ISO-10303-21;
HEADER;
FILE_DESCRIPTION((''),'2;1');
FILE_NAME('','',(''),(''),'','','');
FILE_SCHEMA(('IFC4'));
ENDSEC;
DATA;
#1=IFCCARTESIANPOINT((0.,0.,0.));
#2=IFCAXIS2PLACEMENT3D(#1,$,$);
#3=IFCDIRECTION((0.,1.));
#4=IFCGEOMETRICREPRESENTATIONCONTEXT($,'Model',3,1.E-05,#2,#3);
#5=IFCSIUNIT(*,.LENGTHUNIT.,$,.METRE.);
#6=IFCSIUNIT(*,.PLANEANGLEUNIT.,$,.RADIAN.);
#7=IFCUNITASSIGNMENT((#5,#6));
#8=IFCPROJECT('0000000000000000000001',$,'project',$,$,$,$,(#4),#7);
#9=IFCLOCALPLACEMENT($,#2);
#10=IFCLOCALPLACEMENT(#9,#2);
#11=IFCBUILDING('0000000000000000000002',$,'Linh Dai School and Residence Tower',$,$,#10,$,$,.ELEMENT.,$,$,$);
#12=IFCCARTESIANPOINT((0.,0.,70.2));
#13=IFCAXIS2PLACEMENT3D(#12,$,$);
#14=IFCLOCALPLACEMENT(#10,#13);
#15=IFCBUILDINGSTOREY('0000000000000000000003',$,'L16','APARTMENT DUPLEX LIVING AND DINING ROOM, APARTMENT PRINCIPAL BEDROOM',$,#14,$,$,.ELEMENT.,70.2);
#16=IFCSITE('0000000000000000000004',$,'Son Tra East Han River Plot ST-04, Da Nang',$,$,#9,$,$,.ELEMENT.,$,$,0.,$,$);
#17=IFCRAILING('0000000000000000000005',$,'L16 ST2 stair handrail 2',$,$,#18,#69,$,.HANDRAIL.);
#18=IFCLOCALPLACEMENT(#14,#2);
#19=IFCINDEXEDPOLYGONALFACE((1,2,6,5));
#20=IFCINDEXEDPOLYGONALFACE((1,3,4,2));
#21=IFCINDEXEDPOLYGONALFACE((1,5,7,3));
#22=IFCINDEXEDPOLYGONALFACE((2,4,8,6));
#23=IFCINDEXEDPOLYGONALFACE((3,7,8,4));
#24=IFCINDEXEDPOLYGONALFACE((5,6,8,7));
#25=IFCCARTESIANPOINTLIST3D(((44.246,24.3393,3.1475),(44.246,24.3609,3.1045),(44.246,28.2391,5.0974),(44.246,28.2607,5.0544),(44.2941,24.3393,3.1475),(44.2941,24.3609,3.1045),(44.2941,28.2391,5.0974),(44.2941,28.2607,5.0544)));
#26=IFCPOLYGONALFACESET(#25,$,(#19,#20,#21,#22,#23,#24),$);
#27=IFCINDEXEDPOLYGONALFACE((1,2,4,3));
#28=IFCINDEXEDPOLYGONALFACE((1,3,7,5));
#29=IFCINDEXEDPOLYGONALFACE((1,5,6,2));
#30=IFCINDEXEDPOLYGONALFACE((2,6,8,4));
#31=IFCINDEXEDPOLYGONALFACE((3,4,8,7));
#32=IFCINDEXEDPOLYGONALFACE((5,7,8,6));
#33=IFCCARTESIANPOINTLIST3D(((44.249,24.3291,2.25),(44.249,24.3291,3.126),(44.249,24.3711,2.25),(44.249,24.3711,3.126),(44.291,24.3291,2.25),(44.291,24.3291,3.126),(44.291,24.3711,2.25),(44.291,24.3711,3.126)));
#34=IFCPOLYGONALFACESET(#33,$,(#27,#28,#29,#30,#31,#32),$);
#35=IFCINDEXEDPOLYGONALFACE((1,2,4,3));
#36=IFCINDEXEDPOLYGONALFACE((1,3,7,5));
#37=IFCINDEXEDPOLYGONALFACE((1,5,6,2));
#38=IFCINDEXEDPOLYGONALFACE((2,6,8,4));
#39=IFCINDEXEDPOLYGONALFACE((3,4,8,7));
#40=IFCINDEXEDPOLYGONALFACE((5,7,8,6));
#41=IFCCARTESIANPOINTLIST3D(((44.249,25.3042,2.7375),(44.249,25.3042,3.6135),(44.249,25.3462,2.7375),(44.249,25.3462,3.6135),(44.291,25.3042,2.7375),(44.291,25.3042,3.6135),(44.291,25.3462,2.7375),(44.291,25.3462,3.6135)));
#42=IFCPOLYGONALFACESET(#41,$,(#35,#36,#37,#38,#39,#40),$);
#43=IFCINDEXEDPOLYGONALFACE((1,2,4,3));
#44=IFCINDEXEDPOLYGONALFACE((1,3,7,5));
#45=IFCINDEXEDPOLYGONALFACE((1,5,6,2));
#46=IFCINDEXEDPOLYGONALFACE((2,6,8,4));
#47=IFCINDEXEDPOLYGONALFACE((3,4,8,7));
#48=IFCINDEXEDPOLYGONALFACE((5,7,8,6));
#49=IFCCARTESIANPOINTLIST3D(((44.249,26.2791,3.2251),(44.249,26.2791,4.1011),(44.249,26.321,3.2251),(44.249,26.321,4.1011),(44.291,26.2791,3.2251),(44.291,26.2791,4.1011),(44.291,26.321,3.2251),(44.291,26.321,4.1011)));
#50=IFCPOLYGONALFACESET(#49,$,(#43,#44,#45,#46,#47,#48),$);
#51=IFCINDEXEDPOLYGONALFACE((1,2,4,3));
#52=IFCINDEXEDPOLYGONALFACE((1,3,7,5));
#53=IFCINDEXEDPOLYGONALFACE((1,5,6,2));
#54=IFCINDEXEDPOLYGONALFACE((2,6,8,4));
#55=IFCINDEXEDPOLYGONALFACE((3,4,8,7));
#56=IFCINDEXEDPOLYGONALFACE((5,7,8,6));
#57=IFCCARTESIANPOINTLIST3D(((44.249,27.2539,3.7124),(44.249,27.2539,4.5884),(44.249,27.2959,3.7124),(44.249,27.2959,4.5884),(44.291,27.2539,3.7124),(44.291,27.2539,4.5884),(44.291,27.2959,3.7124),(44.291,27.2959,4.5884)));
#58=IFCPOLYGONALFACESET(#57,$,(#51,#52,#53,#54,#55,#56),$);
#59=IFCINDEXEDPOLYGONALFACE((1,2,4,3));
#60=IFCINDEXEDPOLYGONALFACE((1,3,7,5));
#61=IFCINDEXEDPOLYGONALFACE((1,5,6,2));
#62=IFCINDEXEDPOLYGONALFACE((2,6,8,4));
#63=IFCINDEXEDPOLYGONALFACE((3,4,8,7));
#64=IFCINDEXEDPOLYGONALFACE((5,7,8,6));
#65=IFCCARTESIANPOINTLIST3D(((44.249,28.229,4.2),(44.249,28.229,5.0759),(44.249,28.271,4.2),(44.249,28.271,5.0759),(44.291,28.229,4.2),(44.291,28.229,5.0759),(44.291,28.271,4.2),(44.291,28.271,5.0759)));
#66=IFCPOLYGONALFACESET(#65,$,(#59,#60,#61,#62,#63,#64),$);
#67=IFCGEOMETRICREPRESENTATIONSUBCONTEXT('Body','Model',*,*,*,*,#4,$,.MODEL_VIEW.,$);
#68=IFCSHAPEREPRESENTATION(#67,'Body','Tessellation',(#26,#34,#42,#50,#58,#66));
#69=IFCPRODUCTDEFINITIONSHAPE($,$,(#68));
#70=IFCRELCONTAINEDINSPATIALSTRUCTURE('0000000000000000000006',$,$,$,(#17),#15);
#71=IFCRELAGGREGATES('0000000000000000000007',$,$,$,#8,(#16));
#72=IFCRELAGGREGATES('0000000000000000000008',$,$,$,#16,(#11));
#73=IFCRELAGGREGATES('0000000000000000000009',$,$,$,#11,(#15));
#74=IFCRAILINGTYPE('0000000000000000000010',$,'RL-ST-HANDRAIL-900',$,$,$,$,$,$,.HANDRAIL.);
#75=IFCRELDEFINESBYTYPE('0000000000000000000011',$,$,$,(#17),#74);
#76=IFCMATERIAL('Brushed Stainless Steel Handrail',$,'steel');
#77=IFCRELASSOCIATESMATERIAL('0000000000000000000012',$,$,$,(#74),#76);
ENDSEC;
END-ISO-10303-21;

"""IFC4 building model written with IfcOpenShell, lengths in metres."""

from ifc_helpers import new_model, si_unit, direction, frame, origin, origin_2d, place, context, subcontext, project, spatial, rectangle, extrude, source, transform, mapped, material, type_object, element, save


model = new_model("IFC4")

# Units and contexts
model_context = context("Model", 3, precision=1e-05, world=origin(), true_north=direction((0.0, 1.0)))
body_context = subcontext(model_context, "Body", "Model", "MODEL_VIEW")
ifc_project = project(units=[si_unit("LENGTHUNIT", "METRE"), si_unit("PLANEANGLEUNIT", "RADIAN")], contexts=[model_context])

# Site, building, storey
site_placement = place(None, origin())
site = spatial("IfcSite", under=ifc_project, at=site_placement, Name="Son Tra East Han River Plot ST-04, Da Nang", CompositionType="ELEMENT", RefElevation=0.0)
building_placement = place(site_placement, origin())
building = spatial("IfcBuilding", under=site, at=building_placement, Name="Linh Dai School and Residence Tower", CompositionType="ELEMENT")
storey_placement = place(building_placement, frame((0.0, 0.0, 70.2)))
storey = spatial("IfcBuildingStorey", under=building, at=storey_placement, Name="L16", Description="APARTMENT DUPLEX LIVING AND DINING ROOM, APARTMENT PRINCIPAL BEDROOM", CompositionType="ELEMENT", Elevation=70.2)

# Railing
ifc_material_1 = material(Name="Brushed Stainless Steel Handrail", Category="steel")
railing_type = type_object("IfcRailingType", Name="RL-ST-HANDRAIL-900", PredefinedType="HANDRAIL", material=ifc_material_1)
shared_shape_1 = source(origin(), body_context, "Body", "SweptSolid", [
    extrude(rectangle(XDim=0.0481, YDim=0.0481, at=origin_2d()), frame((0.0, 0.0, 0.876), z_axis=(0.0, 0.894427, 0.447214), x_axis=(-1.0, 0.0, 0.0)), (0.0, 0.0, 1.0), 4.3601),
    extrude(rectangle(XDim=0.042, YDim=0.042, at=origin_2d()), origin(), (0.0, 0.0, 1.0), 0.876),
    extrude(rectangle(XDim=0.042, YDim=0.042, at=origin_2d()), frame((0.0, 0.9751, 0.4875)), (0.0, 0.0, 1.0), 0.876),
    extrude(rectangle(XDim=0.042, YDim=0.042, at=origin_2d()), frame((0.0, 1.95, 0.9751)), (0.0, 0.0, 1.0), 0.876),
    extrude(rectangle(XDim=0.042, YDim=0.042, at=origin_2d()), frame((0.0, 2.9248, 1.4624)), (0.0, 0.0, 1.0), 0.876),
    extrude(rectangle(XDim=0.042, YDim=0.042, at=origin_2d()), frame((0.0, 3.8999, 1.95)), (0.0, 0.0, 1.0), 0.876),
])
railing_placement = place(storey_placement, frame((44.27, 24.3501, 2.25)))
element("IfcRailing", 1, at=railing_placement, inside=storey, type_object=railing_type, Name="L16 ST2 stair handrail 2", PredefinedType="HANDRAIL", context=body_context, shape_type="MappedRepresentation", body=[
    mapped(shared_shape_1, transform((0.0, 0.0, 0.0), x_axis=(1.0, 0.0, 0.0), y_axis=(0.0, 1.0, 0.0), z_axis=(0.0, 0.0, 1.0), scale=1.0)),
])

save(model, "model.ifc")
